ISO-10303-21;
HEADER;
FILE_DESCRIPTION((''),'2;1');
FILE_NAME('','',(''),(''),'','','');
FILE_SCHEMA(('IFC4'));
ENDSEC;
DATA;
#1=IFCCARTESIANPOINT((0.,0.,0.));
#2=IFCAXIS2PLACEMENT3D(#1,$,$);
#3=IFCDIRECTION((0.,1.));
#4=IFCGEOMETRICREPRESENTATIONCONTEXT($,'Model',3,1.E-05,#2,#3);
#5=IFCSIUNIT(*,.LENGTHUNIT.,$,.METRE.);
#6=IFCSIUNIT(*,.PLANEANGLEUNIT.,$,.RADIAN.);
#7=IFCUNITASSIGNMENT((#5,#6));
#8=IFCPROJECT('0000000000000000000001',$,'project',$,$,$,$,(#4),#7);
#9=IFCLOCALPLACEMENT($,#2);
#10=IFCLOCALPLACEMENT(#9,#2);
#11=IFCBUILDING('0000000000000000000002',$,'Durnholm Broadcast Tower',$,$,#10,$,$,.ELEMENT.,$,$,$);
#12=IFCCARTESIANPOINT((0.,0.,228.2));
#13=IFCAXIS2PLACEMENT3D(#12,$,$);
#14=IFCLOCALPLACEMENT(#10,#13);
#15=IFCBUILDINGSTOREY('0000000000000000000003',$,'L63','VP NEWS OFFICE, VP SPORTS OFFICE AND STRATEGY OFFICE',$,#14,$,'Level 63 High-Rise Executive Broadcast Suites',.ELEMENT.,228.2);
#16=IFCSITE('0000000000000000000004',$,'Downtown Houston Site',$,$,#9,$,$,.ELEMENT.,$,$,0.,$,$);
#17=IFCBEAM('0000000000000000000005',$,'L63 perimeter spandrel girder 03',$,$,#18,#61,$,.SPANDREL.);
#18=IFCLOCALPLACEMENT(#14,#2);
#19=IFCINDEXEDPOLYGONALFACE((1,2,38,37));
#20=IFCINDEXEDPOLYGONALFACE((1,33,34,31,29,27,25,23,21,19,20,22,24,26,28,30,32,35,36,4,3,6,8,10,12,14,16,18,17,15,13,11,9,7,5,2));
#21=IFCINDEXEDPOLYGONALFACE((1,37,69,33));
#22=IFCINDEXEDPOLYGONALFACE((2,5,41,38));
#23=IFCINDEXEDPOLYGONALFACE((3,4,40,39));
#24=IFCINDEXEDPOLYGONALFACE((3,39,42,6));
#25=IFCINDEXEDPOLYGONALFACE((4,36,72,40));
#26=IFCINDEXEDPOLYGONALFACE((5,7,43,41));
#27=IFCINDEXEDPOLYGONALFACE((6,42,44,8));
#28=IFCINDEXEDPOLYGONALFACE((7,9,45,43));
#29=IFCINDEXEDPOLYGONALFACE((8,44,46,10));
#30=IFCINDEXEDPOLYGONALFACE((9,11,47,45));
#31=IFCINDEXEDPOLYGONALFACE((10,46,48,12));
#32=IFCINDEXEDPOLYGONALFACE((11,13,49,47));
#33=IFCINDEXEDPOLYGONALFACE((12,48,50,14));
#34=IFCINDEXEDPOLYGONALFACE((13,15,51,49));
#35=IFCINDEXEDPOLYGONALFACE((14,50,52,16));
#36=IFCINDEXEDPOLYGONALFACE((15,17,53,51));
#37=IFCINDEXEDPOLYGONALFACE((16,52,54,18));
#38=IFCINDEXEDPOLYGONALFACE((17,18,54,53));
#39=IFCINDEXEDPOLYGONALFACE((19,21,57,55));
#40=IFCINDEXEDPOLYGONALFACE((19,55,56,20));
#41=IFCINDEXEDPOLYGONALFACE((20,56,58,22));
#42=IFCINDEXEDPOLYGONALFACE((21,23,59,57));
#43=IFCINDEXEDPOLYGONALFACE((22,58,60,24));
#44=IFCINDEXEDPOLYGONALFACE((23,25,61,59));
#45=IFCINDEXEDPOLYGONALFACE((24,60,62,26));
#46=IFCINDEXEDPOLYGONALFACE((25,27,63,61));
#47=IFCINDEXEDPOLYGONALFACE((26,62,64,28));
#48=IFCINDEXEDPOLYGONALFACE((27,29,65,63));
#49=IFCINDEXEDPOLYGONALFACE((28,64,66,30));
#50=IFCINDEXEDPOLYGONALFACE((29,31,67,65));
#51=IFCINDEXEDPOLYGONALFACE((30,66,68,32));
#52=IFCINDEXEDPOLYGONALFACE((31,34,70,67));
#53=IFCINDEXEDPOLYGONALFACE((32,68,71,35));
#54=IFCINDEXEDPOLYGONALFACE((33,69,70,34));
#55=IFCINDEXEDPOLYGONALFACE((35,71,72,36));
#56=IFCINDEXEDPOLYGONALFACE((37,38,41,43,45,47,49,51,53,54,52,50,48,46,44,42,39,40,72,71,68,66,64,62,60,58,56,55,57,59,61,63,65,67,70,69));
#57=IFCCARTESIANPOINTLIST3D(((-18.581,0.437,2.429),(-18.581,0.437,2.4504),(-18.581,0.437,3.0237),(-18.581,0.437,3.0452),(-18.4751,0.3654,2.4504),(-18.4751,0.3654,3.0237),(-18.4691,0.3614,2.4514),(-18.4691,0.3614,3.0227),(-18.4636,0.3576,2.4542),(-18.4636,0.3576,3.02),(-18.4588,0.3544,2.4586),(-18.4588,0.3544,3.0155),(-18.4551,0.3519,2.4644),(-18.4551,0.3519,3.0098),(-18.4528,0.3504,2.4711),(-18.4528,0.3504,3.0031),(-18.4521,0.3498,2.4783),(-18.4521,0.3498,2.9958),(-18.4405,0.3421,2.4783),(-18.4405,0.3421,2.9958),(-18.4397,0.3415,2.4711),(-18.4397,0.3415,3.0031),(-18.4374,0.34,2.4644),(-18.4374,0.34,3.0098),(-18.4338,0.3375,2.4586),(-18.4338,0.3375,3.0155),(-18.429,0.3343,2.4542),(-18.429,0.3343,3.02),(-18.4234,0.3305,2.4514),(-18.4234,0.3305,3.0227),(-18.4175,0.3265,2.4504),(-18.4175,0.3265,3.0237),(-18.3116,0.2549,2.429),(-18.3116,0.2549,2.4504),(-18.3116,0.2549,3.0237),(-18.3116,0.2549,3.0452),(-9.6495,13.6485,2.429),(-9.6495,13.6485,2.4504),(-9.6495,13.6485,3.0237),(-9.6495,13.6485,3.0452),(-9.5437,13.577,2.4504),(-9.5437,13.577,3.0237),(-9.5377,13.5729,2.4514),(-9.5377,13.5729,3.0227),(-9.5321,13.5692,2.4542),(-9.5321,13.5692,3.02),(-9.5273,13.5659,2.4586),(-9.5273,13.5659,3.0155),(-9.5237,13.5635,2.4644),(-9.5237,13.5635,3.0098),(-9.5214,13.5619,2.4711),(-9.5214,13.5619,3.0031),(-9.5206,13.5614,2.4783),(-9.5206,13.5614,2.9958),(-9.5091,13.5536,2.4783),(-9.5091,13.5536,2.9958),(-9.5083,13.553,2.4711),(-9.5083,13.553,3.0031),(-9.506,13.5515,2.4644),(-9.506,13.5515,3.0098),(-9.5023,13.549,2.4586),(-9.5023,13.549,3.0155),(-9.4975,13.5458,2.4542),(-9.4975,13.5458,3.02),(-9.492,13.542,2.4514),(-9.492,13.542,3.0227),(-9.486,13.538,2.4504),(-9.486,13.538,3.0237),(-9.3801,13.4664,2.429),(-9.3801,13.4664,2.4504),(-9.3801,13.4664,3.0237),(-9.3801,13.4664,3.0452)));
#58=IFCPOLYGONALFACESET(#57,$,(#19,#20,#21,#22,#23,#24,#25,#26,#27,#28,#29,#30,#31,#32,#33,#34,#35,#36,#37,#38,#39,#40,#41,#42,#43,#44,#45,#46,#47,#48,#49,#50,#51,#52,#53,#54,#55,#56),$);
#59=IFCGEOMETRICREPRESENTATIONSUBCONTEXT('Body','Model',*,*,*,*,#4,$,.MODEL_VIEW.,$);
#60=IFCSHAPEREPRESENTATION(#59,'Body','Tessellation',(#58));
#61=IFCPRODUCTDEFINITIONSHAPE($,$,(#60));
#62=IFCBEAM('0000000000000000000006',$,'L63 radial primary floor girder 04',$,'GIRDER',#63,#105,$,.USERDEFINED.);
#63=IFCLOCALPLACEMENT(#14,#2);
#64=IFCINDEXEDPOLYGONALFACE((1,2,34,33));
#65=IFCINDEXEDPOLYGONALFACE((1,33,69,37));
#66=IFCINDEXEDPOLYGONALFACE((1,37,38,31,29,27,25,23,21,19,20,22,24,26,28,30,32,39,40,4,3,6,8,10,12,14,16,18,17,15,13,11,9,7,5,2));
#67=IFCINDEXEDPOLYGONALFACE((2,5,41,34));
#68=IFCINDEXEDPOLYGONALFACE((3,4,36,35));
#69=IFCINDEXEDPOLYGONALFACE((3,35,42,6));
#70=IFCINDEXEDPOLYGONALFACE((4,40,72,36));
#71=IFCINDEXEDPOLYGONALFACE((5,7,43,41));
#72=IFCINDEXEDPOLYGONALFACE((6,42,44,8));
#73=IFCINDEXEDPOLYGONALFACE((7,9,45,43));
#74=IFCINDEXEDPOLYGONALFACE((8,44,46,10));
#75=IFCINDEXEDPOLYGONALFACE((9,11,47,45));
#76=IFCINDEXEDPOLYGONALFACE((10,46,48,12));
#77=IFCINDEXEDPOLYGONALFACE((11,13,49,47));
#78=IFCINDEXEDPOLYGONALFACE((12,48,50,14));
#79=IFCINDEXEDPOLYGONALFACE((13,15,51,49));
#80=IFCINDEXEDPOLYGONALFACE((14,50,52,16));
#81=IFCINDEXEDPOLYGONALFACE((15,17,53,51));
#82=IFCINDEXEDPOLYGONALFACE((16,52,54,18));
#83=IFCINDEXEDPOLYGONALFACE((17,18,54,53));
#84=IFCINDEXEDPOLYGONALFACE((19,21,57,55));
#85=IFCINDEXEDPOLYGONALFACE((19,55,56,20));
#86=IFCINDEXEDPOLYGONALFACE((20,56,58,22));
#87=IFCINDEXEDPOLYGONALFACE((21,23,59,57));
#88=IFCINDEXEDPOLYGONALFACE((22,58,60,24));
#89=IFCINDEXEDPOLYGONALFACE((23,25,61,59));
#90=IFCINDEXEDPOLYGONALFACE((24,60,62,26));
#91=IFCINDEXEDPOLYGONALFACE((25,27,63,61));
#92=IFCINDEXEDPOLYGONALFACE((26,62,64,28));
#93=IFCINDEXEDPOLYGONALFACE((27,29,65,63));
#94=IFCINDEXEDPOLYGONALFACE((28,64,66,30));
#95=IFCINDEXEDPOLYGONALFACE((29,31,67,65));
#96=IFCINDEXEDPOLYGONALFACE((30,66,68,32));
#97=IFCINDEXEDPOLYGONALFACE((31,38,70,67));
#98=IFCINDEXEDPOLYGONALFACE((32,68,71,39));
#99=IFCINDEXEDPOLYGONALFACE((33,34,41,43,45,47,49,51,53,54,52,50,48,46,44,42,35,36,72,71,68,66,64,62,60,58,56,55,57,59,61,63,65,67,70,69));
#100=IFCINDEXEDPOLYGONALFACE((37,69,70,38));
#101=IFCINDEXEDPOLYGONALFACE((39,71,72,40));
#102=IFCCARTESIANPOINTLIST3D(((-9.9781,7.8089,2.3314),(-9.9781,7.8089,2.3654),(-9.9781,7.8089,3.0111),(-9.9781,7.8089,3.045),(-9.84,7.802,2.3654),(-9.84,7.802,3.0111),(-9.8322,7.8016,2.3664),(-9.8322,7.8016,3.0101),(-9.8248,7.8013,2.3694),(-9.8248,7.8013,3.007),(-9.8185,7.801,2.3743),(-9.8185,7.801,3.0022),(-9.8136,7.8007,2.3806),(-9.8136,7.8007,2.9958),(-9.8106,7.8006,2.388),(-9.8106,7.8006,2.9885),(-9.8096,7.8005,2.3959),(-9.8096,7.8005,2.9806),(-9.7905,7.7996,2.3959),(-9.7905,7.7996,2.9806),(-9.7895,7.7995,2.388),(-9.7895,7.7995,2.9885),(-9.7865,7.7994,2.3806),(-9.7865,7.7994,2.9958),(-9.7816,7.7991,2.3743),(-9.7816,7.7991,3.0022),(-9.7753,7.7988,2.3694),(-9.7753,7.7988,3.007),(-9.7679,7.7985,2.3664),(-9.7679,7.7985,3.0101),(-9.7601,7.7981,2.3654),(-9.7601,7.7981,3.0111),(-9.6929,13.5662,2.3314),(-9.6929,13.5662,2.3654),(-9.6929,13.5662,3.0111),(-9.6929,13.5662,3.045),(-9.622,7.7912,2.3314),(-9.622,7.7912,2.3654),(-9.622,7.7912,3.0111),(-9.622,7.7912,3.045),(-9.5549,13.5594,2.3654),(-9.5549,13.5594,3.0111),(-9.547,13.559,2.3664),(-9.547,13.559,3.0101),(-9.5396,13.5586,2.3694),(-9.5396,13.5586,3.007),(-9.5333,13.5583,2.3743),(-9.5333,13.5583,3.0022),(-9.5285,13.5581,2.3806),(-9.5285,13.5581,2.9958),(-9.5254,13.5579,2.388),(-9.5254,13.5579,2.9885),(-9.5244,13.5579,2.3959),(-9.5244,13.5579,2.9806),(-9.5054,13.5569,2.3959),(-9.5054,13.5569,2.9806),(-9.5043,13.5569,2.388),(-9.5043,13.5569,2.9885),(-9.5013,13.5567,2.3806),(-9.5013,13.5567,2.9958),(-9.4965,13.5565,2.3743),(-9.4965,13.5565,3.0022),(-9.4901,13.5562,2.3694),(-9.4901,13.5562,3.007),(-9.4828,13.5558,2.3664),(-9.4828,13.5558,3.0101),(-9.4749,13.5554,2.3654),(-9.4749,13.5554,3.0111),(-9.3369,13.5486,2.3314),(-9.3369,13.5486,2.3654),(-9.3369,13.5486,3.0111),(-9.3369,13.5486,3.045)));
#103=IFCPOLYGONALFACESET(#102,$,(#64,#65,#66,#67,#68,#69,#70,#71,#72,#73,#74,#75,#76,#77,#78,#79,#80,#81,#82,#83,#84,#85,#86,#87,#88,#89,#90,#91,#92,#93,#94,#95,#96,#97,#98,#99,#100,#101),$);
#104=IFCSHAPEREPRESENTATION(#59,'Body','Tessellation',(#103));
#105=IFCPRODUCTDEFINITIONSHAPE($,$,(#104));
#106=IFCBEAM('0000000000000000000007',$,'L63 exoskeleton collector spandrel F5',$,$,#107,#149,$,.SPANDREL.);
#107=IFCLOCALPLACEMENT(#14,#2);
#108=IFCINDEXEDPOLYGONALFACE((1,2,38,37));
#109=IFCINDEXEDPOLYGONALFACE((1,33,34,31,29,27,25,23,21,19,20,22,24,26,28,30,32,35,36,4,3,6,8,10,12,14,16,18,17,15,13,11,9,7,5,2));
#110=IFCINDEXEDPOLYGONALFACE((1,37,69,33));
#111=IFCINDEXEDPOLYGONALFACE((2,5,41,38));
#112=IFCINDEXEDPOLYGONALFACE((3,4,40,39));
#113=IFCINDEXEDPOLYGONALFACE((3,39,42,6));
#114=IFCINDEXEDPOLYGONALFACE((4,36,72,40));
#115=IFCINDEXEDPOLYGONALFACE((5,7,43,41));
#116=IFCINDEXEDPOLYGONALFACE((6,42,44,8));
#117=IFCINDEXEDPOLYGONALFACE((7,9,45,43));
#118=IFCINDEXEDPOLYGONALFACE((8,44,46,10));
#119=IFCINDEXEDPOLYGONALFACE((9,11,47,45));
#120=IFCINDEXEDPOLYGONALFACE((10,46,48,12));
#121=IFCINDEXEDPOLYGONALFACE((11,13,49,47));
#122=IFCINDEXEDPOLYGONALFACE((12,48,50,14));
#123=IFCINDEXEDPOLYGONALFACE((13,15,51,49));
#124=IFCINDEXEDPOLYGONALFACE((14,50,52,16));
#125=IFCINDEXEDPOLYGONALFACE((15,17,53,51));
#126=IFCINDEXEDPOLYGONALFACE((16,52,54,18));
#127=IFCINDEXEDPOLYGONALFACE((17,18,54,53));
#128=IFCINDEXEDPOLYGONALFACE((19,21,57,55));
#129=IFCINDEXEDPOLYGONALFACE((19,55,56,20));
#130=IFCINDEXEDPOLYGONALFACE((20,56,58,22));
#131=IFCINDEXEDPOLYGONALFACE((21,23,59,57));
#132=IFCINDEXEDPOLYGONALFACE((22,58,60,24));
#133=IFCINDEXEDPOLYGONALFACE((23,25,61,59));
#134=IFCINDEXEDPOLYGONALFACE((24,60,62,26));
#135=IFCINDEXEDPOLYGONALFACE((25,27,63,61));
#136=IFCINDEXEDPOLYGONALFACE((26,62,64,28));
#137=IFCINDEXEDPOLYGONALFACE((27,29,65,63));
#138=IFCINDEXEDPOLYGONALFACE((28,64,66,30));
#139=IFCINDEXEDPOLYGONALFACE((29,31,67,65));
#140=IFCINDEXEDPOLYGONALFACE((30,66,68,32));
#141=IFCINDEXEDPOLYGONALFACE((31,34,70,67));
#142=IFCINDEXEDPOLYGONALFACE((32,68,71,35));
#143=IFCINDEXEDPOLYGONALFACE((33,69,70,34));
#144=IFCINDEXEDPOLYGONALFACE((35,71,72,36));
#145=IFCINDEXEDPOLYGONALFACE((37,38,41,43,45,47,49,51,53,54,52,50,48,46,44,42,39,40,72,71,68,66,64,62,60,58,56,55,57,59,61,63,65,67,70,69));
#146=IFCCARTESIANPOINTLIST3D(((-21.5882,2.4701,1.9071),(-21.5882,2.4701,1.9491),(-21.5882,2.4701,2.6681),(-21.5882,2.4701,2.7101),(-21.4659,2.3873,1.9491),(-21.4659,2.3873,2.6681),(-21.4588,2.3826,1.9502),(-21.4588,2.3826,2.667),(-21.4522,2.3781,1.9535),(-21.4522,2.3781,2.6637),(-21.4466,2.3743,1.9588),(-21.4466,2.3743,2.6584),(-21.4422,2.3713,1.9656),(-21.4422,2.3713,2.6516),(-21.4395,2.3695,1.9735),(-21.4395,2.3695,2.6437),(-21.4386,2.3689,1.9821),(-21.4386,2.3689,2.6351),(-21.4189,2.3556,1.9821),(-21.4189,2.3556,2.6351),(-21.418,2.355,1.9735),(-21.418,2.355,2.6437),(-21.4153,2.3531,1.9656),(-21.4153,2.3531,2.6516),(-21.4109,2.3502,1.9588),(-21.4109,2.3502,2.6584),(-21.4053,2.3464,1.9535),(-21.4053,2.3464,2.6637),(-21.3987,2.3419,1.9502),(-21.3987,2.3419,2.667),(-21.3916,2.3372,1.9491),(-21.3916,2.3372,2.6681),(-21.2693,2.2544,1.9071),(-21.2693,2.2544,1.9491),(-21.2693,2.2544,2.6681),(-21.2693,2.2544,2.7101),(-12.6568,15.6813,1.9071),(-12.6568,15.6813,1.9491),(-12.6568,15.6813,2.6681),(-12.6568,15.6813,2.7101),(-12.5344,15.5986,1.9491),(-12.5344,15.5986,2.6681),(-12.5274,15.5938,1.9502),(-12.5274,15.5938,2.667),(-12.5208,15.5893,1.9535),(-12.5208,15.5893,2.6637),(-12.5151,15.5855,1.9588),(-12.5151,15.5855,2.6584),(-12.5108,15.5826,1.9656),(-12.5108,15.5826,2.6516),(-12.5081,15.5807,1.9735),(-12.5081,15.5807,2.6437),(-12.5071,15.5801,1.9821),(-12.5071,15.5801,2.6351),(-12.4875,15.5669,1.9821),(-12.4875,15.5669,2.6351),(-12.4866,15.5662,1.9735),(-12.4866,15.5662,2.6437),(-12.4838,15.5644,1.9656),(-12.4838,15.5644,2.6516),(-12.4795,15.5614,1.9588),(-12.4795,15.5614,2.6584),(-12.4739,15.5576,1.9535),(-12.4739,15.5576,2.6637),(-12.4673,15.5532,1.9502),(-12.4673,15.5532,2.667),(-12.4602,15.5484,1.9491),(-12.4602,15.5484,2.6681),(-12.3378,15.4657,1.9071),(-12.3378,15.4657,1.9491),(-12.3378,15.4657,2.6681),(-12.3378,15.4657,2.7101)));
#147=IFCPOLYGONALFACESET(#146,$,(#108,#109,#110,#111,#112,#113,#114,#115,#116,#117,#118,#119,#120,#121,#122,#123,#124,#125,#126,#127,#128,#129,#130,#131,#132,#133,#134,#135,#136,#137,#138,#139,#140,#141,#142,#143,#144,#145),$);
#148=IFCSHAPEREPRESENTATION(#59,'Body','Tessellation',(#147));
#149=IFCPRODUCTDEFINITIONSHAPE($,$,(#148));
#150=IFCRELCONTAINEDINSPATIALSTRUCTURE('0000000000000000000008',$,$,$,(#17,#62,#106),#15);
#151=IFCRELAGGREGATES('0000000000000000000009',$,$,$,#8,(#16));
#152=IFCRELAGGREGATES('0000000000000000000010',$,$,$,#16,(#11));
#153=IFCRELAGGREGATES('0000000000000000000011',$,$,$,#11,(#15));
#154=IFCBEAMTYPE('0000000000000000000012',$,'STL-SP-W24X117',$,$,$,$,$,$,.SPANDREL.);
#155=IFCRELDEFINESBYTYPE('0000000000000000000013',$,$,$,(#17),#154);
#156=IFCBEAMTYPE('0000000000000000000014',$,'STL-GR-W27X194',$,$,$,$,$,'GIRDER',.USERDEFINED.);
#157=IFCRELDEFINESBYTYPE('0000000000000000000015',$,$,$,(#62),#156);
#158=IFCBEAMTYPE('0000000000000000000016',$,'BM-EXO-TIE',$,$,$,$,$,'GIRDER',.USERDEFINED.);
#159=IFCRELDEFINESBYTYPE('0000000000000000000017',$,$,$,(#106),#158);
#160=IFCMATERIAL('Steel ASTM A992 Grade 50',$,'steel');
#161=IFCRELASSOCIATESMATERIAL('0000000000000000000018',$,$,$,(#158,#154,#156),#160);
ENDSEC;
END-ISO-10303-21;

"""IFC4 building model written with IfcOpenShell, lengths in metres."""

from ifc_helpers import new_model, si_unit, direction, frame, origin, origin_2d, place, context, subcontext, project, spatial, i_section, extrude, source, transform, mapped, material, material_profile, profile_set, type_object, type_shapes, element, save


model = new_model("IFC4")

# Units and contexts
model_context = context("Model", 3, precision=1e-05, world=origin(), true_north=direction((0.0, 1.0)))
body_context = subcontext(model_context, "Body", "Model", "MODEL_VIEW")
ifc_project = project(units=[si_unit("LENGTHUNIT", "METRE"), si_unit("PLANEANGLEUNIT", "RADIAN")], contexts=[model_context])

# Site, building, storey
site_placement = place(None, origin())
site = spatial("IfcSite", under=ifc_project, at=site_placement, Name="Downtown Houston Site", CompositionType="ELEMENT", RefElevation=0.0)
building_placement = place(site_placement, origin())
building = spatial("IfcBuilding", under=site, at=building_placement, Name="Durnholm Broadcast Tower", CompositionType="ELEMENT")
storey_placement = place(building_placement, frame((0.0, 0.0, 228.2)))
storey = spatial("IfcBuildingStorey", under=building, at=storey_placement, Name="L63", Description="VP NEWS OFFICE, VP SPORTS OFFICE AND STRATEGY OFFICE", LongName="Level 63 High-Rise Executive Broadcast Suites", CompositionType="ELEMENT", Elevation=228.2)

# Beams
ifc_material_1 = material(Name="Steel ASTM A992 Grade 50", Category="steel")
ifc_material_profile_1 = material_profile(ifc_material_1, i_section(OverallWidth=0.385, OverallDepth=0.803, WebThickness=0.0237, FlangeThickness=0.042, FilletRadius=0.033, at=origin_2d()), Name="W30X261")
ifc_profile_set_1 = profile_set([ifc_material_profile_1], Name="Steel ASTM A992 Grade 50")
beam_type_1 = type_object("IfcBeamType", Name="BM-EXO-TIE", ElementType="GIRDER", PredefinedType="USERDEFINED", material=ifc_profile_set_1)
ifc_material_profile_2 = material_profile(ifc_material_1, i_section(OverallWidth=0.3252, OverallDepth=0.6162, WebThickness=0.0139, FlangeThickness=0.0215, FilletRadius=0.0278, at=origin_2d()), Name="W24X117")
ifc_profile_set_2 = profile_set([ifc_material_profile_2], Name="Steel ASTM A992 Grade 50")
beam_type_2 = type_object("IfcBeamType", Name="STL-SP-W24X117", PredefinedType="SPANDREL", material=ifc_profile_set_2)
shared_shape_1 = source(origin(), body_context, "Body", "SweptSolid", [
    extrude(i_section(OverallWidth=0.3252, OverallDepth=0.6162, WebThickness=0.0139, FlangeThickness=0.0215, FilletRadius=0.0278, at=origin_2d()), origin(), (0.0, 0.0, 1.0), 15.9473),
])
type_shapes(beam_type_2, [shared_shape_1])
beam_1_placement = place(storey_placement, frame((-18.4463, 0.3459, 2.7371), z_axis=(0.560062, 0.828451, 0.0), x_axis=(-0.828451, 0.560062, 0.0)))
element("IfcBeam", 1, at=beam_1_placement, inside=storey, type_object=beam_type_2, Name="L63 perimeter spandrel girder 03", PredefinedType="SPANDREL", context=body_context, shape_type="MappedRepresentation", body=[
    mapped(shared_shape_1, transform((0.0, 0.0, 0.0), x_axis=(1.0, 0.0, 0.0), y_axis=(0.0, 1.0, 0.0), z_axis=(0.0, 0.0, 1.0), scale=1.0)),
])
ifc_material_profile_3 = material_profile(ifc_material_1, i_section(OverallWidth=0.3564, OverallDepth=0.7136, WebThickness=0.019, FlangeThickness=0.0339, FilletRadius=0.0305, at=origin_2d()), Name="W27X194")
ifc_profile_set_3 = profile_set([ifc_material_profile_3], Name="Steel ASTM A992 Grade 50")
beam_type_3 = type_object("IfcBeamType", Name="STL-GR-W27X194", ElementType="GIRDER", PredefinedType="USERDEFINED", material=ifc_profile_set_3)
shared_shape_2 = source(origin(), body_context, "Body", "SweptSolid", [
    extrude(i_section(OverallWidth=0.3564, OverallDepth=0.7136, WebThickness=0.019, FlangeThickness=0.0339, FilletRadius=0.0305, at=origin_2d()), origin(), (0.0, 0.0, 1.0), 5.7644),
])
beam_2_placement = place(storey_placement, frame((-9.8, 7.8, 2.6882), z_axis=(0.049469, 0.998776, 0.0), x_axis=(-0.998776, 0.049469, 0.0)))
element("IfcBeam", 2, at=beam_2_placement, inside=storey, type_object=beam_type_3, Name="L63 radial primary floor girder 04", ObjectType="GIRDER", PredefinedType="USERDEFINED", context=body_context, shape_type="MappedRepresentation", body=[
    mapped(shared_shape_2, transform((0.0, 0.0, 0.0), x_axis=(1.0, 0.0, 0.0), y_axis=(0.0, 1.0, 0.0), z_axis=(0.0, 0.0, 1.0), scale=1.0)),
])
shared_shape_3 = source(origin(), body_context, "Body", "SweptSolid", [
    extrude(i_section(OverallWidth=0.385, OverallDepth=0.803, WebThickness=0.0237, FlangeThickness=0.042, FilletRadius=0.033, at=origin_2d()), origin(), (0.0, 0.0, 1.0), 15.947),
])
beam_3_placement = place(storey_placement, frame((-12.4973, 15.5735, 2.3086), z_axis=(-0.560069, -0.828446, 0.0), x_axis=(0.828446, -0.560069, 0.0)))
element("IfcBeam", 3, at=beam_3_placement, inside=storey, type_object=beam_type_1, Name="L63 exoskeleton collector spandrel F5", PredefinedType="SPANDREL", context=body_context, shape_type="MappedRepresentation", body=[
    mapped(shared_shape_3, transform((0.0, 0.0, 0.0), x_axis=(1.0, 0.0, 0.0), y_axis=(0.0, 1.0, 0.0), z_axis=(0.0, 0.0, 1.0), scale=1.0)),
])

save(model, "model.ifc")
